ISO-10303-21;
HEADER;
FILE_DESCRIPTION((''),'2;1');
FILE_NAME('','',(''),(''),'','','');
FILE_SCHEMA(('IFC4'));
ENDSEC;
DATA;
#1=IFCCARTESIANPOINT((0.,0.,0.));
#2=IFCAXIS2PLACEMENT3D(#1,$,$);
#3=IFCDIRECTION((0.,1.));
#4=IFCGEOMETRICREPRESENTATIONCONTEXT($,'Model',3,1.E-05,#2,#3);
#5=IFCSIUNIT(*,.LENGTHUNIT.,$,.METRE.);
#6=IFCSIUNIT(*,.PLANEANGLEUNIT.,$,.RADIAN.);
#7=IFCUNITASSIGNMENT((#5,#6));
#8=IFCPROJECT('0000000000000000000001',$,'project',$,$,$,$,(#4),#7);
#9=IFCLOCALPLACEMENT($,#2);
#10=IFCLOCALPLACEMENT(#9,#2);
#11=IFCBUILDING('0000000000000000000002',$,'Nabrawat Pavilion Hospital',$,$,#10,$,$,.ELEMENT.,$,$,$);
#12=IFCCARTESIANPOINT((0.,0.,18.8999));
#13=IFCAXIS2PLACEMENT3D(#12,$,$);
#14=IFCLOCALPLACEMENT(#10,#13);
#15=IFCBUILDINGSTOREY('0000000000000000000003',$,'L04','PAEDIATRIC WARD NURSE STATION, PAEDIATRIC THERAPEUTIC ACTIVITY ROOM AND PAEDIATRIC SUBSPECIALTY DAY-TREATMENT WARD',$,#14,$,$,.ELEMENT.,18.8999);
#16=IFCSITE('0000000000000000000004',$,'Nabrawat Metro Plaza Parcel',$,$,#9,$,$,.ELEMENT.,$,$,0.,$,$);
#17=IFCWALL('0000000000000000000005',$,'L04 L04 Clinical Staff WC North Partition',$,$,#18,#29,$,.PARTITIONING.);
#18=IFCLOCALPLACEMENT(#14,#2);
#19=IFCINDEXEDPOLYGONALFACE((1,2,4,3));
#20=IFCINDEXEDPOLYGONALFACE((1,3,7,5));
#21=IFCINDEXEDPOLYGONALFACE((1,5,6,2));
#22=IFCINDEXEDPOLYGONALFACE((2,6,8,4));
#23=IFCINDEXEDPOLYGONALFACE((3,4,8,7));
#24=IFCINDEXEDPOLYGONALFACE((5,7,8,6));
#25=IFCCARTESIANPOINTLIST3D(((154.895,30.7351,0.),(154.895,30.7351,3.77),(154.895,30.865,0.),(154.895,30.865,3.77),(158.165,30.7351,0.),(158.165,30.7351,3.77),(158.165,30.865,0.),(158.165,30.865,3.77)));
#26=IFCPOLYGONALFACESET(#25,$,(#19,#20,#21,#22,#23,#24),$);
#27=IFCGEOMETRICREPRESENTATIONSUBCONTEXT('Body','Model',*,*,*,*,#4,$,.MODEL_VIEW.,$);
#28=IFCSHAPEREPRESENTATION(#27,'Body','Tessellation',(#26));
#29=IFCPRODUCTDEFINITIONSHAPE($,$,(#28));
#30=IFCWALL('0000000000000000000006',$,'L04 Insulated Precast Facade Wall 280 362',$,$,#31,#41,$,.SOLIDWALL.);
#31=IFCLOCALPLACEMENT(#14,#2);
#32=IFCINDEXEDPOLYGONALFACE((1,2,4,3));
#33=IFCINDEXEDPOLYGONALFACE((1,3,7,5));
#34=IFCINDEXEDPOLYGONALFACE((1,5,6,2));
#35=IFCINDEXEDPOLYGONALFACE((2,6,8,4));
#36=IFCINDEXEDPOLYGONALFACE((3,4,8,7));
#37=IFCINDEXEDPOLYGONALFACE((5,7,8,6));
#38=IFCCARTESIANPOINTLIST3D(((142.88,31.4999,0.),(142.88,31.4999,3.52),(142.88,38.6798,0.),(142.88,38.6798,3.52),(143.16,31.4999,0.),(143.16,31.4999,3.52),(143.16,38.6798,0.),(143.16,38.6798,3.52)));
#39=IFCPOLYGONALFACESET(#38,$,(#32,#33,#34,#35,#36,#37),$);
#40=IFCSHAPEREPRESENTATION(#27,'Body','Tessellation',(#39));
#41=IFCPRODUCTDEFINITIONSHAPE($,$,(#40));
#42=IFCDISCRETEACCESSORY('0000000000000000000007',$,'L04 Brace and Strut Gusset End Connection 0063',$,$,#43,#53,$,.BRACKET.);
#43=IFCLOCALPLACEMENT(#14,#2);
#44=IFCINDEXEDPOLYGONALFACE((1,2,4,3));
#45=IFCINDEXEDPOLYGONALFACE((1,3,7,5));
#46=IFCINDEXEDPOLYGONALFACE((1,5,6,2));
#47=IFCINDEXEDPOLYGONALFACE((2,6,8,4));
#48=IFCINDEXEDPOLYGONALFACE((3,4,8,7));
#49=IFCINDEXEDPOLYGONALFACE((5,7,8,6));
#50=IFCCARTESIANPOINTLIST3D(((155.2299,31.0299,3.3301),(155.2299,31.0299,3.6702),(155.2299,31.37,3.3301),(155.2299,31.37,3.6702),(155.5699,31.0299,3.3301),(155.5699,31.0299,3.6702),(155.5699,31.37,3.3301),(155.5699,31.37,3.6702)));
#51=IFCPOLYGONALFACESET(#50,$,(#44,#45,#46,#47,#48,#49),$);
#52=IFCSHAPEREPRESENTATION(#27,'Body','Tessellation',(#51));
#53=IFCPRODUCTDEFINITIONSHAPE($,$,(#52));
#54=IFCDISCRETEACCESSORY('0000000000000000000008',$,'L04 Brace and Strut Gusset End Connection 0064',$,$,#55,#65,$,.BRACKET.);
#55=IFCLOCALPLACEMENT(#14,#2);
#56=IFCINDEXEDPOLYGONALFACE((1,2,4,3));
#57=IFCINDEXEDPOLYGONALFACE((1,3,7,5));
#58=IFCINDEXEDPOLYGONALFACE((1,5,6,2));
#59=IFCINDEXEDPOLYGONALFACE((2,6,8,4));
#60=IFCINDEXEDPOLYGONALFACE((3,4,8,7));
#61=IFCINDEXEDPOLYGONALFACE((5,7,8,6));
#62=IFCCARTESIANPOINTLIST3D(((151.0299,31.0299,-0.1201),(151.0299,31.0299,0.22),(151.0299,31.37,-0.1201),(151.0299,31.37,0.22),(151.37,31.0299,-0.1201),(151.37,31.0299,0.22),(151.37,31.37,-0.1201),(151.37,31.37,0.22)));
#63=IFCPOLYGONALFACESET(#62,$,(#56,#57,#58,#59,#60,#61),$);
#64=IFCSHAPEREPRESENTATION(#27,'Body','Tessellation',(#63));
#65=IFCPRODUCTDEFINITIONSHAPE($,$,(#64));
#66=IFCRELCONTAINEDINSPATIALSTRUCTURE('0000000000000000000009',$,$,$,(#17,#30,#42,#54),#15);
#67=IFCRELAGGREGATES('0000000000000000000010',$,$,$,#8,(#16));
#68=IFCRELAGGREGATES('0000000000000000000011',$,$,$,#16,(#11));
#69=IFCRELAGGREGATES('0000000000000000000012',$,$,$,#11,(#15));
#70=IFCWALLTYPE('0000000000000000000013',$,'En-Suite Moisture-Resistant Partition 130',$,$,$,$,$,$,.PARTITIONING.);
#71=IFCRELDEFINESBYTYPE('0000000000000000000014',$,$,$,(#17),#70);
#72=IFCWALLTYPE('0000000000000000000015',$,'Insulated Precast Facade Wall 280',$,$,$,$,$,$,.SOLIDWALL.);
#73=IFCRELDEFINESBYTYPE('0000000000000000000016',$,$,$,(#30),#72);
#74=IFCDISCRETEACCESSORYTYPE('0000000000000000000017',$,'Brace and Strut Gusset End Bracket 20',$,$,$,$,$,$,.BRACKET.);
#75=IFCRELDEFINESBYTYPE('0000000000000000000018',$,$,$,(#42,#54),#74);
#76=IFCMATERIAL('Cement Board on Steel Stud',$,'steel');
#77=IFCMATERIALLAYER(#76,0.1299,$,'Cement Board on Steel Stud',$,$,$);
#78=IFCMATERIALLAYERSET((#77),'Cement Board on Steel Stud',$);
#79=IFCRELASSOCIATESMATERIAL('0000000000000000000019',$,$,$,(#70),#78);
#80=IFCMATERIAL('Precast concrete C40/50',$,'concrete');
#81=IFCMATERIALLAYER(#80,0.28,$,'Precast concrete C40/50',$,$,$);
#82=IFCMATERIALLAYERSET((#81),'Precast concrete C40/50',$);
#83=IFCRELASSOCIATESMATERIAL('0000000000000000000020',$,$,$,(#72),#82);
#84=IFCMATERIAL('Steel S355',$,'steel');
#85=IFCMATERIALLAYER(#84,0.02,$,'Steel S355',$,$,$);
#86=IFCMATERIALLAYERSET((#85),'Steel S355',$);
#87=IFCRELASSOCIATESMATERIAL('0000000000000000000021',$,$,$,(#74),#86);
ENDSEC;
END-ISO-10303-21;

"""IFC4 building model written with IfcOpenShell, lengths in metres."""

from ifc_helpers import new_model, si_unit, direction, frame, frame_2d, origin, origin_2d, place, context, subcontext, project, spatial, rectangle, extrude, material, layer, layer_set, type_object, element, save


model = new_model("IFC4")

# Units and contexts
model_context = context("Model", 3, precision=1e-05, world=origin(), true_north=direction((0.0, 1.0)))
body_context = subcontext(model_context, "Body", "Model", "MODEL_VIEW")
ifc_project = project(units=[si_unit("LENGTHUNIT", "METRE"), si_unit("PLANEANGLEUNIT", "RADIAN")], contexts=[model_context])

# Site, building, storey
site_placement = place(None, origin())
site = spatial("IfcSite", under=ifc_project, at=site_placement, Name="Nabrawat Metro Plaza Parcel", CompositionType="ELEMENT", RefElevation=0.0)
building_placement = place(site_placement, origin())
building = spatial("IfcBuilding", under=site, at=building_placement, Name="Nabrawat Pavilion Hospital", CompositionType="ELEMENT")
storey_placement = place(building_placement, frame((0.0, 0.0, 18.8999)))
storey = spatial("IfcBuildingStorey", under=building, at=storey_placement, Name="L04", Description="PAEDIATRIC WARD NURSE STATION, PAEDIATRIC THERAPEUTIC ACTIVITY ROOM AND PAEDIATRIC SUBSPECIALTY DAY-TREATMENT WARD", CompositionType="ELEMENT", Elevation=18.8999)

# Shared definitions
ifc_material_1 = material(Name="Steel S355", Category="steel")

# Walls
ifc_material_2 = material(Name="Cement Board on Steel Stud", Category="steel")
ifc_layer_1 = layer(ifc_material_2, 0.1299, Name="Cement Board on Steel Stud")
ifc_layer_set_1 = layer_set([ifc_layer_1], Name="Cement Board on Steel Stud")
wall_type_1 = type_object("IfcWallType", Name="En-Suite Moisture-Resistant Partition 130", PredefinedType="PARTITIONING", material=ifc_layer_set_1)
wall_1_placement = place(storey_placement, frame((154.895, 30.8, 0.0), z_axis=(0.0, 0.0, 1.0), x_axis=(1.0, 0.0, 0.0)))
element("IfcWall", 1, at=wall_1_placement, inside=storey, type_object=wall_type_1, Name="L04 L04 Clinical Staff WC North Partition", PredefinedType="PARTITIONING", context=body_context, shape_type="SweptSolid", body=[
    extrude(rectangle(XDim=3.27, YDim=0.1299, at=frame_2d((1.635, 0.0))), origin(), (0.0, 0.0, 1.0), 3.77),
])
ifc_material_3 = material(Name="Precast concrete C40/50", Category="concrete")
ifc_layer_2 = layer(ifc_material_3, 0.28, Name="Precast concrete C40/50")
ifc_layer_set_2 = layer_set([ifc_layer_2], Name="Precast concrete C40/50")
wall_type_2 = type_object("IfcWallType", Name="Insulated Precast Facade Wall 280", PredefinedType="SOLIDWALL", material=ifc_layer_set_2)
wall_2_placement = place(storey_placement, frame((143.02, 31.5, 0.0), z_axis=(0.0, 0.0, 1.0), x_axis=(0.0, 1.0, 0.0)))
element("IfcWall", 2, at=wall_2_placement, inside=storey, type_object=wall_type_2, Name="L04 Insulated Precast Facade Wall 280 362", PredefinedType="SOLIDWALL", context=body_context, shape_type="SweptSolid", body=[
    extrude(rectangle(XDim=7.1799, YDim=0.28, at=frame_2d((3.5898, 0.0))), origin(), (0.0, 0.0, 1.0), 3.52),
])

# Discrete accessories
ifc_layer_3 = layer(ifc_material_1, 0.02, Name="Steel S355")
ifc_layer_set_3 = layer_set([ifc_layer_3], Name="Steel S355")
discrete_accessory_type = type_object("IfcDiscreteAccessoryType", Name="Brace and Strut Gusset End Bracket 20", PredefinedType="BRACKET", material=ifc_layer_set_3)
for number, where, z_axis, x_axis, name in (
    (3, (155.3999, 31.2, 3.3301), (0.0, 0.0, 1.0), (1.0, 0.0, 0.0), "L04 Brace and Strut Gusset End Connection 0063"),
    (4, (151.2, 31.2, -0.1201), (0.0, 0.0, 1.0), (1.0, 0.0, 0.0), "L04 Brace and Strut Gusset End Connection 0064"),
):
    element("IfcDiscreteAccessory", number, at=place(storey_placement, frame(where, z_axis=z_axis, x_axis=x_axis)), inside=storey, type_object=discrete_accessory_type, Name=name, PredefinedType="BRACKET", context=body_context, shape_type="SweptSolid", body=[
        extrude(rectangle(XDim=0.3401, YDim=0.3401, at=origin_2d()), origin(), (0.0, 0.0, 1.0), 0.3401),
    ])

save(model, "model.ifc")
